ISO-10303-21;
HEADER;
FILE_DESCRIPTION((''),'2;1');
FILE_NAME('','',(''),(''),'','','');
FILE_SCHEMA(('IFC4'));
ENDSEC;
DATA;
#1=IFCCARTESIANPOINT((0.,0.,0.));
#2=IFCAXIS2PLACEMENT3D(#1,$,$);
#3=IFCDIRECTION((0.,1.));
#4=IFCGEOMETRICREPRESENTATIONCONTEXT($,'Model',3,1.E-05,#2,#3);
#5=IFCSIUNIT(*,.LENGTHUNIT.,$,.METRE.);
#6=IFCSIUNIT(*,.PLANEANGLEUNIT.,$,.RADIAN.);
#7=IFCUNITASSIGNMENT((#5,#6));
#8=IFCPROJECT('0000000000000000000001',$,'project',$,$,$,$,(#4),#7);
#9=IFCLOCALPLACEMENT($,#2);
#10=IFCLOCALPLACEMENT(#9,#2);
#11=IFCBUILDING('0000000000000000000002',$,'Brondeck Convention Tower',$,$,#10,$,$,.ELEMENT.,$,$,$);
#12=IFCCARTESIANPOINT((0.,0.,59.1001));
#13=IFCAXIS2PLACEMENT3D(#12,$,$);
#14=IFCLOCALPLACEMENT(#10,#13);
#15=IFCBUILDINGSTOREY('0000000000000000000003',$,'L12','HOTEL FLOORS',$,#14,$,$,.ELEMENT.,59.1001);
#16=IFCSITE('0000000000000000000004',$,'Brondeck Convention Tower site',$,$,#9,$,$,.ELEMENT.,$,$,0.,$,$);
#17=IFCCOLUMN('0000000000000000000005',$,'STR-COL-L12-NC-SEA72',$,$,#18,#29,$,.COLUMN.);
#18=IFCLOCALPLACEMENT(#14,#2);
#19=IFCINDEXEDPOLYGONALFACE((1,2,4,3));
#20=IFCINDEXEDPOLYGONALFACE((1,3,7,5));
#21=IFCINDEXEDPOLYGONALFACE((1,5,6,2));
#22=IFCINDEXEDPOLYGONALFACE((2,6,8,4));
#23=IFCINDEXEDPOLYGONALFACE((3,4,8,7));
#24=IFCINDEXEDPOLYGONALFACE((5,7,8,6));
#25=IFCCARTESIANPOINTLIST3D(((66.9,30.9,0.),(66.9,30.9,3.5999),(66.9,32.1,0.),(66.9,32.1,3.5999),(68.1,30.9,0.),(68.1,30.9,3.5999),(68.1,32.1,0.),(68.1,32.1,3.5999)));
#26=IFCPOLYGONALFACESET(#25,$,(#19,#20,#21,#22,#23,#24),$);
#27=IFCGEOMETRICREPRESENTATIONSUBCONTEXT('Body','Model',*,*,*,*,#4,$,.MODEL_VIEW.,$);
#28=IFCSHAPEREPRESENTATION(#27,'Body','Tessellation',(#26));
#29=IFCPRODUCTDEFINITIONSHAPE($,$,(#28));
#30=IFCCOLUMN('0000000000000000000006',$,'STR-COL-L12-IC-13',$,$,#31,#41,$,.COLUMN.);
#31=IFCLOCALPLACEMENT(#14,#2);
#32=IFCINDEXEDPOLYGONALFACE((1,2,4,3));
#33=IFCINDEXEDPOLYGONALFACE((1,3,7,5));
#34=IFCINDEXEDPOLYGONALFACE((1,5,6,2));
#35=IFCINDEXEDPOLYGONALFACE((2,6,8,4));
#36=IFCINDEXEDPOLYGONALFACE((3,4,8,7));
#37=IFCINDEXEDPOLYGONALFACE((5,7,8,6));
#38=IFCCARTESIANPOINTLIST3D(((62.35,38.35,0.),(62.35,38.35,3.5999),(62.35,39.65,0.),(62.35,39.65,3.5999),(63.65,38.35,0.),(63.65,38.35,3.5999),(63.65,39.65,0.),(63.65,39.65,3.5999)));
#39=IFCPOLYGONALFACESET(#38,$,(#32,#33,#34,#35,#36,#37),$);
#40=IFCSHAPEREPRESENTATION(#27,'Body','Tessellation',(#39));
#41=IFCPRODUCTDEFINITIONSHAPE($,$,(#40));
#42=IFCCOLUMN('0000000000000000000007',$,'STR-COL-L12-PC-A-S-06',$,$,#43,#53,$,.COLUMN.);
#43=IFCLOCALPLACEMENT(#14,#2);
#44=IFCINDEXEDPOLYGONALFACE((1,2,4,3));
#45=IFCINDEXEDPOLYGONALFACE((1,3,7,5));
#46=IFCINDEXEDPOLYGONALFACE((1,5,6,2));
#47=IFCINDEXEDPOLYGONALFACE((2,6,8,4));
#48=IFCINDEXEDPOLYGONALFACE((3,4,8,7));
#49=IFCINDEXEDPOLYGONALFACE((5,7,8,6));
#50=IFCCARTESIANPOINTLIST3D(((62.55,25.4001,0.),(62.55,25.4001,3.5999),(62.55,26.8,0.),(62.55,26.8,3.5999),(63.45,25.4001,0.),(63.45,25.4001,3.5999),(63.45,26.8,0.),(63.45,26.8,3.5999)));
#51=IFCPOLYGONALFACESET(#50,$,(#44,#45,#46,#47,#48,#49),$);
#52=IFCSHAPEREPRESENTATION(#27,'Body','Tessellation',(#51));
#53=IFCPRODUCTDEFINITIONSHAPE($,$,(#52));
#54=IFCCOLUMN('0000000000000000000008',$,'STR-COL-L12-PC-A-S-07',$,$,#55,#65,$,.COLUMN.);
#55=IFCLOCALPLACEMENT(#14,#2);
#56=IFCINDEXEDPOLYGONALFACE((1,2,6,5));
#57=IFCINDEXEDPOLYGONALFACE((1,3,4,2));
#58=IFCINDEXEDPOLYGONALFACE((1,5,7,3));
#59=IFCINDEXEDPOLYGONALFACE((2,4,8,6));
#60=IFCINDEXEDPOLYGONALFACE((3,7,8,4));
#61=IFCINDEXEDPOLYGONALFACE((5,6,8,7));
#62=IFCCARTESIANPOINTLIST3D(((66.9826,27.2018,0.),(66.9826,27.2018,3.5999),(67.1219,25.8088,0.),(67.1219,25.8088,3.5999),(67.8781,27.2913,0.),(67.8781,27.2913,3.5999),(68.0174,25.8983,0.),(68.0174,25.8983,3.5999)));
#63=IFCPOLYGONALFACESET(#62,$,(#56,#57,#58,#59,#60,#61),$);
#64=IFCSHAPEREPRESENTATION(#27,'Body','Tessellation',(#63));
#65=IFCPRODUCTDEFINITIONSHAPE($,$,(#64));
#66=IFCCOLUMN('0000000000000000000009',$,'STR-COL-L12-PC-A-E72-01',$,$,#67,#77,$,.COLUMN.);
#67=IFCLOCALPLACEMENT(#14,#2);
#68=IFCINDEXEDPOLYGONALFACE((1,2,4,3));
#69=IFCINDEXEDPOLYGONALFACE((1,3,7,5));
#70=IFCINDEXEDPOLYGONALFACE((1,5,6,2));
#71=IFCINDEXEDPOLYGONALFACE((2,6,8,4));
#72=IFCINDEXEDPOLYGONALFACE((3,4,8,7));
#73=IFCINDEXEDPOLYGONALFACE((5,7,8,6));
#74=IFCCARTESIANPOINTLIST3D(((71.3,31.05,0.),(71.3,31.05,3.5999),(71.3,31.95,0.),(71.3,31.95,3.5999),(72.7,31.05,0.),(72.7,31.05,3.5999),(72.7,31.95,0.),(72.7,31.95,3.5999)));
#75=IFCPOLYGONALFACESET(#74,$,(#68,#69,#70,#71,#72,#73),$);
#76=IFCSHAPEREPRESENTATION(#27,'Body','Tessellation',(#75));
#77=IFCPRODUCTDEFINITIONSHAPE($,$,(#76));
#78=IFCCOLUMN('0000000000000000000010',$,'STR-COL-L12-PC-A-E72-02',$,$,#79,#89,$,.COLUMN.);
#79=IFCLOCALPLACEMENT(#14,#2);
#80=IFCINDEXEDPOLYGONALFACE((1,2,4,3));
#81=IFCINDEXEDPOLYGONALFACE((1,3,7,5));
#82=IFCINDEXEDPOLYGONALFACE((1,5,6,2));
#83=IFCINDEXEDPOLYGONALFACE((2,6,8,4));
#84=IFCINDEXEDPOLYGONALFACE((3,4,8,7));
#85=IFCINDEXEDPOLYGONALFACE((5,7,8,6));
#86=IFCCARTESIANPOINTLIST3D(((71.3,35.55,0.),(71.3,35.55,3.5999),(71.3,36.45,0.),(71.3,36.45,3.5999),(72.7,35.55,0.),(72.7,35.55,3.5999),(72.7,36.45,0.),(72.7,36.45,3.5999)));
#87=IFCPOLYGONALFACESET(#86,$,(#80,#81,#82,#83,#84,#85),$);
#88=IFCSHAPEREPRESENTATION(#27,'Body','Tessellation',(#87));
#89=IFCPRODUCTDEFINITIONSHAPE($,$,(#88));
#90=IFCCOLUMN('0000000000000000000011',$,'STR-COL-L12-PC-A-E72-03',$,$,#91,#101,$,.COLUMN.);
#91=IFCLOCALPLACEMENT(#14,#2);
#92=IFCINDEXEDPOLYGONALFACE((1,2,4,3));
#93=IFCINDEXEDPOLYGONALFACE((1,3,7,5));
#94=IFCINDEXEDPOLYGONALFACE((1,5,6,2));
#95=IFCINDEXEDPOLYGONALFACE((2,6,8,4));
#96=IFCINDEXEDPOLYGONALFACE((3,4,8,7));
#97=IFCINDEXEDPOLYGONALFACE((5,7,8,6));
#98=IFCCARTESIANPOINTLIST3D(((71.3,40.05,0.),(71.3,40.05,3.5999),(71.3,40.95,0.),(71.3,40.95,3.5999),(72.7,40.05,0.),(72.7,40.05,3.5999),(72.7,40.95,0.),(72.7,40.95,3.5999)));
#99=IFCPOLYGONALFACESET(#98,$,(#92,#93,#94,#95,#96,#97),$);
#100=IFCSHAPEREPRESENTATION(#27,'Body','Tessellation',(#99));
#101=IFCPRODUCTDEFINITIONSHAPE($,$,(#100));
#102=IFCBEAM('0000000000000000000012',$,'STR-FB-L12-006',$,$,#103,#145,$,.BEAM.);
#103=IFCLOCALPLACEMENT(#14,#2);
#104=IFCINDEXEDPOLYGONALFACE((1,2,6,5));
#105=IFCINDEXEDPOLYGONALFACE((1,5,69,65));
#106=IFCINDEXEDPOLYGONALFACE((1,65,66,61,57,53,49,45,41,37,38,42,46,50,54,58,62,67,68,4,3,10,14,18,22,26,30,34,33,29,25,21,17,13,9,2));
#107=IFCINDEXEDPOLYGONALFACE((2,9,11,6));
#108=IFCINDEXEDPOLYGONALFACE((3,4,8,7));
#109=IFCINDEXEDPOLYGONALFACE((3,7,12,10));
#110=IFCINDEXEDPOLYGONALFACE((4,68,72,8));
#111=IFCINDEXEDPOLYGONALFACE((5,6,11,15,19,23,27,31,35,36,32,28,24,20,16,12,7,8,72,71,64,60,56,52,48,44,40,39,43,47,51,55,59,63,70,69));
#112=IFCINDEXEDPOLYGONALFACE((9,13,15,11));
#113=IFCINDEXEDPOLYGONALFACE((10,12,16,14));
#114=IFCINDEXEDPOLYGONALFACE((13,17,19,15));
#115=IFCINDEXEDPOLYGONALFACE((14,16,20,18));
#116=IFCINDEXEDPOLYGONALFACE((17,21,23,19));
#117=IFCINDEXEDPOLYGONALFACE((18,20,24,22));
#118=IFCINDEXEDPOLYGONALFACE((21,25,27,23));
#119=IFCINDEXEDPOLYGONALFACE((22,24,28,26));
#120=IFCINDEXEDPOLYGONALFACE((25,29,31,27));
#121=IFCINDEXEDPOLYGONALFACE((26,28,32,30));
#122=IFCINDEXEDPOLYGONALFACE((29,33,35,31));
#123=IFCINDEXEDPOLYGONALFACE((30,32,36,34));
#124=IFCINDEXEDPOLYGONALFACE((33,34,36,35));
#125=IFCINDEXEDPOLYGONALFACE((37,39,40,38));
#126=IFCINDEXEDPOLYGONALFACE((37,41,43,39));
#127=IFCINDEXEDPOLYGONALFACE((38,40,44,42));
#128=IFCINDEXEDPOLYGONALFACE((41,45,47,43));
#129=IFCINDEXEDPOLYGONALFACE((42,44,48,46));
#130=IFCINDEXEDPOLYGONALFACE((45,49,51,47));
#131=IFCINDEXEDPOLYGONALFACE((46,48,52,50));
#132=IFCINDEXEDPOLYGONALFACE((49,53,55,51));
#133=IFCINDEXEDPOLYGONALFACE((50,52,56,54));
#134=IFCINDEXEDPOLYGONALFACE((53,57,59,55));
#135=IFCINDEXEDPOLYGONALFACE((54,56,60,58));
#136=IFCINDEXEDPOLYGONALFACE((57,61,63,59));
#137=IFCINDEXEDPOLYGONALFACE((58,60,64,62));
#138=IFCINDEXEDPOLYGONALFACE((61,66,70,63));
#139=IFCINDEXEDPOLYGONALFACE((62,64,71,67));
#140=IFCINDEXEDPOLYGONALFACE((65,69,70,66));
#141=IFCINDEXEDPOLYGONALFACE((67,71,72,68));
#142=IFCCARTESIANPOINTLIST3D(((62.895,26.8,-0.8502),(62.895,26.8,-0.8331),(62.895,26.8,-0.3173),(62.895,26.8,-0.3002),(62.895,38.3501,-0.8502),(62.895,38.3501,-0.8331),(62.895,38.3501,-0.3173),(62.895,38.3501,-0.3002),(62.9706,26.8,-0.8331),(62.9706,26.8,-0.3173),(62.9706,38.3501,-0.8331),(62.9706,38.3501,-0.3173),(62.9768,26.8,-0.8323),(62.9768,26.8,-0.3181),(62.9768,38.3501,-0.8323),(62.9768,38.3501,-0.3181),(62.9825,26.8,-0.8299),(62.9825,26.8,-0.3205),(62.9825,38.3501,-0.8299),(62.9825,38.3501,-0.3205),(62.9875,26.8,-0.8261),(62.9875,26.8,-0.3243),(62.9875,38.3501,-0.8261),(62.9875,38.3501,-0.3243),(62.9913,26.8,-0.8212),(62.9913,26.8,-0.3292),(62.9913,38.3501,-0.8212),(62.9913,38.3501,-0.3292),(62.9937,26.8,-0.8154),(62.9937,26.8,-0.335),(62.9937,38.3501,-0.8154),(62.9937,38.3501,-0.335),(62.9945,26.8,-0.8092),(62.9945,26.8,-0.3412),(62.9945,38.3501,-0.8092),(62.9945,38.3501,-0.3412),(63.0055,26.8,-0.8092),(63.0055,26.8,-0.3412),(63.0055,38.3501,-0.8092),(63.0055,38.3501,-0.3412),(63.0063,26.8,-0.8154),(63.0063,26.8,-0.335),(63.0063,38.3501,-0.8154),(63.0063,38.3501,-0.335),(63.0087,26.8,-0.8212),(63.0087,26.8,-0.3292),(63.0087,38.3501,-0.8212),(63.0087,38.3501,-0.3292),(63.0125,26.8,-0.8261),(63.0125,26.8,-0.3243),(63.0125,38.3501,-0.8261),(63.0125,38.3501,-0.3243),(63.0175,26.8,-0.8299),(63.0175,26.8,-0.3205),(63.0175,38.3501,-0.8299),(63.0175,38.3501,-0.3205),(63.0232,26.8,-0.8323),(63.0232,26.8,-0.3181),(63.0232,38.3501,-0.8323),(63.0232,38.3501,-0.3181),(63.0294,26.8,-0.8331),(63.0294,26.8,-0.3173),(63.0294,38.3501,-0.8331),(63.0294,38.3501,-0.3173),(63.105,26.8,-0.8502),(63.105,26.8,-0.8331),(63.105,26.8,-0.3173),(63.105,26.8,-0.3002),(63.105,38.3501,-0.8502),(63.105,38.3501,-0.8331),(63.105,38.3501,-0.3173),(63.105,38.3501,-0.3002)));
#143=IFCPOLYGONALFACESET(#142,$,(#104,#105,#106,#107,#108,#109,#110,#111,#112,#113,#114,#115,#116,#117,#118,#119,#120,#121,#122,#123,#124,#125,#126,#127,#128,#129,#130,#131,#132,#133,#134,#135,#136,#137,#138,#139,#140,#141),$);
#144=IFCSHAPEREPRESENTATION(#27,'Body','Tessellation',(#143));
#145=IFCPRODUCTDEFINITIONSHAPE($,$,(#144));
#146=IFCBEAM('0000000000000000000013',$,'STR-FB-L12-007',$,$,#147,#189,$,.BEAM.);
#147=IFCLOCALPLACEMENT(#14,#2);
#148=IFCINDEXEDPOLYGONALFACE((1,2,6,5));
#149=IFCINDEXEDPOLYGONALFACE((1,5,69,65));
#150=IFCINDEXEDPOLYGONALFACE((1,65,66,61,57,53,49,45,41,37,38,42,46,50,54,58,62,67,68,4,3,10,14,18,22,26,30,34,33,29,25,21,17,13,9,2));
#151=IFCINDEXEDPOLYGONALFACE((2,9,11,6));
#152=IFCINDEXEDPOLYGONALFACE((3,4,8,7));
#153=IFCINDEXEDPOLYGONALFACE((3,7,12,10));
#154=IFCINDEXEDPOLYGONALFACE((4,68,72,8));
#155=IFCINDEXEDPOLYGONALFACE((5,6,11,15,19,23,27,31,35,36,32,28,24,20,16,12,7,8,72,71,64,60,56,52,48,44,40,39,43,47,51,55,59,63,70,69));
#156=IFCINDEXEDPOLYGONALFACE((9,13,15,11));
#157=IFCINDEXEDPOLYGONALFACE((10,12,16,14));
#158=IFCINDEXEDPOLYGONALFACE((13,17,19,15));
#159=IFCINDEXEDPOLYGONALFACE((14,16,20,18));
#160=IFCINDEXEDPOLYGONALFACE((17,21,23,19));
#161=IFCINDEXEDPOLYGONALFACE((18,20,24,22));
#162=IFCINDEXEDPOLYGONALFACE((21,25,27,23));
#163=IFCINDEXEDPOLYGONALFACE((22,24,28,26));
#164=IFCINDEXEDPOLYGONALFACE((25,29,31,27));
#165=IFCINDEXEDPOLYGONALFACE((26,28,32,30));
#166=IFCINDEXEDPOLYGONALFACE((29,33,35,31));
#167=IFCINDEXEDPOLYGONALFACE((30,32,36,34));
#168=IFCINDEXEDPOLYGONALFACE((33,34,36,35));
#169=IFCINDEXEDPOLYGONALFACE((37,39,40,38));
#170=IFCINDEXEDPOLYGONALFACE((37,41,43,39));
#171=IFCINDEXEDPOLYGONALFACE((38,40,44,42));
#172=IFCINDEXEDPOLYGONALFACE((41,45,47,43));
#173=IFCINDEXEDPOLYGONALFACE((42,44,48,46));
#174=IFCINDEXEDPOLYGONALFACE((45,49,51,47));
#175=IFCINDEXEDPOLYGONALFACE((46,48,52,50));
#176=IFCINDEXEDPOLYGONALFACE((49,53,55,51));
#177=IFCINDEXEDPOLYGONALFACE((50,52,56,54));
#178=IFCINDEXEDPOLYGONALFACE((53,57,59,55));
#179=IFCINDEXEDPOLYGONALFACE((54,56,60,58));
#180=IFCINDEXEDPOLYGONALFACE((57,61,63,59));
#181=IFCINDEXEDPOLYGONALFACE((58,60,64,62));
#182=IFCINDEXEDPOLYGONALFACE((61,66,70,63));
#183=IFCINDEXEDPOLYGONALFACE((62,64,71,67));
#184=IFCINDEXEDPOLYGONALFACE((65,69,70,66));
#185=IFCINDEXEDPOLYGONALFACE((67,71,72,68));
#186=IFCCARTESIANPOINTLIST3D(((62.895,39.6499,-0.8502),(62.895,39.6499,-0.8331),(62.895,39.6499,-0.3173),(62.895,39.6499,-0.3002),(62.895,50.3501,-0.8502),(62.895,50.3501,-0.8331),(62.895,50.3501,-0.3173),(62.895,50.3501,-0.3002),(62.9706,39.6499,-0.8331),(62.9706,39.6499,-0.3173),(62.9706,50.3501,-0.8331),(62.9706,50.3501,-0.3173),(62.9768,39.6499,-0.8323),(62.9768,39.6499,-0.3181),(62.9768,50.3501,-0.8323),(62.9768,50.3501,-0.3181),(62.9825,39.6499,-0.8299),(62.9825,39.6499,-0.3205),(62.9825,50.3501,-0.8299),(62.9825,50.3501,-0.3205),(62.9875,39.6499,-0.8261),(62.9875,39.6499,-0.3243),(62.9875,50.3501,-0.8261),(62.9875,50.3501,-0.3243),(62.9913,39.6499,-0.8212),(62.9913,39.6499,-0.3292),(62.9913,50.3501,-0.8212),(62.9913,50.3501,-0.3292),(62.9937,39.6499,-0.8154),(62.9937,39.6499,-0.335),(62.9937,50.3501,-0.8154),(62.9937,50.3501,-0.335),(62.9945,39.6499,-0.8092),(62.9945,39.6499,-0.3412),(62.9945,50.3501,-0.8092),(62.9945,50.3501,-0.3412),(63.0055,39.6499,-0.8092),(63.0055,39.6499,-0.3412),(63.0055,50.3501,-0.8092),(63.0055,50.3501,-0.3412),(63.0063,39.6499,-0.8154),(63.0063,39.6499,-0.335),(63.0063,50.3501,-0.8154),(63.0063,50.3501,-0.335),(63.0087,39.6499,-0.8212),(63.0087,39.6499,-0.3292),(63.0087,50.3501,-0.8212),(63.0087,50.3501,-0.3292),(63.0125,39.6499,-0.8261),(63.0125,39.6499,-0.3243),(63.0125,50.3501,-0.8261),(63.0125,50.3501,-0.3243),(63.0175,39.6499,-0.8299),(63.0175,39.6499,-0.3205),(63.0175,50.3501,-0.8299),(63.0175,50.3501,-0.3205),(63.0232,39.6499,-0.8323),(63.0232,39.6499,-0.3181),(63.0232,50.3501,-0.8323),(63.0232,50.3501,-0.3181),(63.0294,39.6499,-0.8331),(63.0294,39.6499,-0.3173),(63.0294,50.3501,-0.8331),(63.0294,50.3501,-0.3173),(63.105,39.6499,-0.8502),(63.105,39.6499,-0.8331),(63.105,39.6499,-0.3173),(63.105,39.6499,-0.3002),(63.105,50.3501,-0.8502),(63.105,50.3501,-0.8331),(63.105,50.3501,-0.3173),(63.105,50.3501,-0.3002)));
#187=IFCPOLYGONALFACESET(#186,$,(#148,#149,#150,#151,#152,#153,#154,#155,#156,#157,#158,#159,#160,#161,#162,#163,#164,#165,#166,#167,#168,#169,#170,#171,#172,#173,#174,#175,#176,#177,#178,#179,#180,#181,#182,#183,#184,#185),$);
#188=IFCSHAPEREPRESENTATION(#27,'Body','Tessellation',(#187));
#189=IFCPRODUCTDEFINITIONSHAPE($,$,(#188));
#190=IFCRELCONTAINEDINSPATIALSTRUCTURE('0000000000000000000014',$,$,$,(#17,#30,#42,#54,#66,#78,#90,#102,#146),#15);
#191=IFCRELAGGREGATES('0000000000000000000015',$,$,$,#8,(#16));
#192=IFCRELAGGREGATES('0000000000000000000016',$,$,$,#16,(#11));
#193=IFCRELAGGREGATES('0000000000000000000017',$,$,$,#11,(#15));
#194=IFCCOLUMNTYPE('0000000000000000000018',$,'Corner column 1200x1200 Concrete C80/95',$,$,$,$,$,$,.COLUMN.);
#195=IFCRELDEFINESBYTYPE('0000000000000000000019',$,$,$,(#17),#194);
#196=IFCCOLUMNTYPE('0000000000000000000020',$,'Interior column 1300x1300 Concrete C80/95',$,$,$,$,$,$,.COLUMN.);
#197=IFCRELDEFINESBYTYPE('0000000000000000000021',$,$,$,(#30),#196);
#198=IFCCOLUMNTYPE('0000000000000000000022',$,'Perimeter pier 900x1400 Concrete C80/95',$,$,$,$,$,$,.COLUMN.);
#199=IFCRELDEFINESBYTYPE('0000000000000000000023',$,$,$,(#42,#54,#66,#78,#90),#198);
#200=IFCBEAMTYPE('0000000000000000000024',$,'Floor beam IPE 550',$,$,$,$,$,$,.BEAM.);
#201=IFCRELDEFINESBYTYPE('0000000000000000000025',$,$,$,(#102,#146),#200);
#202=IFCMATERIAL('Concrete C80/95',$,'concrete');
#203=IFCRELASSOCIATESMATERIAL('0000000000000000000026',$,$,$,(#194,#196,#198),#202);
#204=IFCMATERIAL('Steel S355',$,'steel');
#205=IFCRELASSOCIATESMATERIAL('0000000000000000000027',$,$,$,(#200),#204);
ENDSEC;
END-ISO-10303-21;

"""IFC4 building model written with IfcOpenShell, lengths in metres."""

from ifc_helpers import new_model, si_unit, direction, frame, origin, origin_2d, place, context, subcontext, project, spatial, rectangle, i_section, extrude, material, material_profile, profile_set, type_object, element, save


model = new_model("IFC4")

# Units and contexts
model_context = context("Model", 3, precision=1e-05, world=origin(), true_north=direction((0.0, 1.0)))
body_context = subcontext(model_context, "Body", "Model", "MODEL_VIEW")
ifc_project = project(units=[si_unit("LENGTHUNIT", "METRE"), si_unit("PLANEANGLEUNIT", "RADIAN")], contexts=[model_context])

# Site, building, storey
site_placement = place(None, origin())
site = spatial("IfcSite", under=ifc_project, at=site_placement, Name="Brondeck Convention Tower site", CompositionType="ELEMENT", RefElevation=0.0)
building_placement = place(site_placement, origin())
building = spatial("IfcBuilding", under=site, at=building_placement, Name="Brondeck Convention Tower", CompositionType="ELEMENT")
storey_placement = place(building_placement, frame((0.0, 0.0, 59.1001)))
storey = spatial("IfcBuildingStorey", under=building, at=storey_placement, Name="L12", Description="HOTEL FLOORS", CompositionType="ELEMENT", Elevation=59.1001)

# Columns
ifc_material_1 = material(Name="Concrete C80/95", Category="concrete")
ifc_material_profile_1 = material_profile(ifc_material_1, rectangle(XDim=1.2, YDim=1.2, at=origin_2d()), Name="Corner column 1200x1200 Concrete C80/95")
ifc_profile_set_1 = profile_set([ifc_material_profile_1], Name="Concrete C80/95")
column_type_1 = type_object("IfcColumnType", Name="Corner column 1200x1200 Concrete C80/95", PredefinedType="COLUMN", material=ifc_profile_set_1)
column_1_placement = place(storey_placement, frame((67.5, 31.5, 0.0), z_axis=(0.0, 0.0, 1.0), x_axis=(1.0, 0.0, 0.0)))
element("IfcColumn", 1, at=column_1_placement, inside=storey, type_object=column_type_1, Name="STR-COL-L12-NC-SEA72", PredefinedType="COLUMN", context=body_context, shape_type="SweptSolid", body=[
    extrude(rectangle(XDim=1.2, YDim=1.2, at=origin_2d()), origin(), (0.0, 0.0, 1.0), 3.5999),
])
ifc_material_profile_2 = material_profile(ifc_material_1, rectangle(XDim=1.3, YDim=1.3, at=origin_2d()), Name="Interior column 1300x1300 Concrete C80/95")
ifc_profile_set_2 = profile_set([ifc_material_profile_2], Name="Concrete C80/95")
column_type_2 = type_object("IfcColumnType", Name="Interior column 1300x1300 Concrete C80/95", PredefinedType="COLUMN", material=ifc_profile_set_2)
column_2_placement = place(storey_placement, frame((63.0, 39.0, 0.0), z_axis=(0.0, 0.0, 1.0), x_axis=(1.0, 0.0, 0.0)))
element("IfcColumn", 2, at=column_2_placement, inside=storey, type_object=column_type_2, Name="STR-COL-L12-IC-13", PredefinedType="COLUMN", context=body_context, shape_type="SweptSolid", body=[
    extrude(rectangle(XDim=1.3, YDim=1.3, at=origin_2d()), origin(), (0.0, 0.0, 1.0), 3.5999),
])
ifc_material_profile_3 = material_profile(ifc_material_1, rectangle(XDim=0.8999, YDim=1.3999, at=origin_2d()), Name="Perimeter pier 900x1400 Concrete C80/95")
ifc_profile_set_3 = profile_set([ifc_material_profile_3], Name="Concrete C80/95")
column_type_3 = type_object("IfcColumnType", Name="Perimeter pier 900x1400 Concrete C80/95", PredefinedType="COLUMN", material=ifc_profile_set_3)
for number, where, z_axis, x_axis, name in (
    (3, (63.0, 26.1001, 0.0), (0.0, 0.0, 1.0), (1.0, 0.0, 0.0), "STR-COL-L12-PC-A-S-06"),
    (4, (67.5, 26.55, 0.0), (0.0, 0.0, 1.0), (0.995037, 0.099504, 0.0), "STR-COL-L12-PC-A-S-07"),
    (5, (72.0, 31.5, 0.0), (0.0, 0.0, 1.0), (0.0, 1.0, 0.0), "STR-COL-L12-PC-A-E72-01"),
    (6, (72.0, 36.0, 0.0), (0.0, 0.0, 1.0), (0.0, 1.0, 0.0), "STR-COL-L12-PC-A-E72-02"),
    (7, (72.0, 40.5, 0.0), (0.0, 0.0, 1.0), (0.0, 1.0, 0.0), "STR-COL-L12-PC-A-E72-03"),
):
    element("IfcColumn", number, at=place(storey_placement, frame(where, z_axis=z_axis, x_axis=x_axis)), inside=storey, type_object=column_type_3, Name=name, PredefinedType="COLUMN", context=body_context, shape_type="SweptSolid", body=[
        extrude(rectangle(XDim=0.8999, YDim=1.3999, at=origin_2d()), origin(), (0.0, 0.0, 1.0), 3.5999),
    ])

# Beams
ifc_material_2 = material(Name="Steel S355", Category="steel")
ifc_material_profile_4 = material_profile(ifc_material_2, i_section(OverallWidth=0.21, OverallDepth=0.55, WebThickness=0.011, FlangeThickness=0.0171, FilletRadius=0.0239, at=origin_2d()), Name="IPE 550")
ifc_profile_set_4 = profile_set([ifc_material_profile_4], Name="Steel S355")
beam_type_1 = type_object("IfcBeamType", Name="Floor beam IPE 550", PredefinedType="BEAM", material=ifc_profile_set_4)
beam_1_placement = place(storey_placement, frame((63.0, 26.8, -0.5752), z_axis=(0.0, 1.0, 0.0), x_axis=(-1.0, 0.0, 0.0)))
element("IfcBeam", 8, at=beam_1_placement, inside=storey, type_object=beam_type_1, Name="STR-FB-L12-006", PredefinedType="BEAM", context=body_context, shape_type="SweptSolid", body=[
    extrude(i_section(OverallWidth=0.21, OverallDepth=0.55, WebThickness=0.011, FlangeThickness=0.0171, FilletRadius=0.0239, at=origin_2d()), origin(), (0.0, 0.0, 1.0), 11.55),
])
beam_2_placement = place(storey_placement, frame((63.0, 39.6499, -0.5752), z_axis=(0.0, 1.0, 0.0), x_axis=(-1.0, 0.0, 0.0)))
element("IfcBeam", 9, at=beam_2_placement, inside=storey, type_object=beam_type_1, Name="STR-FB-L12-007", PredefinedType="BEAM", context=body_context, shape_type="SweptSolid", body=[
    extrude(i_section(OverallWidth=0.21, OverallDepth=0.55, WebThickness=0.011, FlangeThickness=0.0171, FilletRadius=0.0239, at=origin_2d()), origin(), (0.0, 0.0, 1.0), 10.7002),
])

save(model, "model.ifc")
